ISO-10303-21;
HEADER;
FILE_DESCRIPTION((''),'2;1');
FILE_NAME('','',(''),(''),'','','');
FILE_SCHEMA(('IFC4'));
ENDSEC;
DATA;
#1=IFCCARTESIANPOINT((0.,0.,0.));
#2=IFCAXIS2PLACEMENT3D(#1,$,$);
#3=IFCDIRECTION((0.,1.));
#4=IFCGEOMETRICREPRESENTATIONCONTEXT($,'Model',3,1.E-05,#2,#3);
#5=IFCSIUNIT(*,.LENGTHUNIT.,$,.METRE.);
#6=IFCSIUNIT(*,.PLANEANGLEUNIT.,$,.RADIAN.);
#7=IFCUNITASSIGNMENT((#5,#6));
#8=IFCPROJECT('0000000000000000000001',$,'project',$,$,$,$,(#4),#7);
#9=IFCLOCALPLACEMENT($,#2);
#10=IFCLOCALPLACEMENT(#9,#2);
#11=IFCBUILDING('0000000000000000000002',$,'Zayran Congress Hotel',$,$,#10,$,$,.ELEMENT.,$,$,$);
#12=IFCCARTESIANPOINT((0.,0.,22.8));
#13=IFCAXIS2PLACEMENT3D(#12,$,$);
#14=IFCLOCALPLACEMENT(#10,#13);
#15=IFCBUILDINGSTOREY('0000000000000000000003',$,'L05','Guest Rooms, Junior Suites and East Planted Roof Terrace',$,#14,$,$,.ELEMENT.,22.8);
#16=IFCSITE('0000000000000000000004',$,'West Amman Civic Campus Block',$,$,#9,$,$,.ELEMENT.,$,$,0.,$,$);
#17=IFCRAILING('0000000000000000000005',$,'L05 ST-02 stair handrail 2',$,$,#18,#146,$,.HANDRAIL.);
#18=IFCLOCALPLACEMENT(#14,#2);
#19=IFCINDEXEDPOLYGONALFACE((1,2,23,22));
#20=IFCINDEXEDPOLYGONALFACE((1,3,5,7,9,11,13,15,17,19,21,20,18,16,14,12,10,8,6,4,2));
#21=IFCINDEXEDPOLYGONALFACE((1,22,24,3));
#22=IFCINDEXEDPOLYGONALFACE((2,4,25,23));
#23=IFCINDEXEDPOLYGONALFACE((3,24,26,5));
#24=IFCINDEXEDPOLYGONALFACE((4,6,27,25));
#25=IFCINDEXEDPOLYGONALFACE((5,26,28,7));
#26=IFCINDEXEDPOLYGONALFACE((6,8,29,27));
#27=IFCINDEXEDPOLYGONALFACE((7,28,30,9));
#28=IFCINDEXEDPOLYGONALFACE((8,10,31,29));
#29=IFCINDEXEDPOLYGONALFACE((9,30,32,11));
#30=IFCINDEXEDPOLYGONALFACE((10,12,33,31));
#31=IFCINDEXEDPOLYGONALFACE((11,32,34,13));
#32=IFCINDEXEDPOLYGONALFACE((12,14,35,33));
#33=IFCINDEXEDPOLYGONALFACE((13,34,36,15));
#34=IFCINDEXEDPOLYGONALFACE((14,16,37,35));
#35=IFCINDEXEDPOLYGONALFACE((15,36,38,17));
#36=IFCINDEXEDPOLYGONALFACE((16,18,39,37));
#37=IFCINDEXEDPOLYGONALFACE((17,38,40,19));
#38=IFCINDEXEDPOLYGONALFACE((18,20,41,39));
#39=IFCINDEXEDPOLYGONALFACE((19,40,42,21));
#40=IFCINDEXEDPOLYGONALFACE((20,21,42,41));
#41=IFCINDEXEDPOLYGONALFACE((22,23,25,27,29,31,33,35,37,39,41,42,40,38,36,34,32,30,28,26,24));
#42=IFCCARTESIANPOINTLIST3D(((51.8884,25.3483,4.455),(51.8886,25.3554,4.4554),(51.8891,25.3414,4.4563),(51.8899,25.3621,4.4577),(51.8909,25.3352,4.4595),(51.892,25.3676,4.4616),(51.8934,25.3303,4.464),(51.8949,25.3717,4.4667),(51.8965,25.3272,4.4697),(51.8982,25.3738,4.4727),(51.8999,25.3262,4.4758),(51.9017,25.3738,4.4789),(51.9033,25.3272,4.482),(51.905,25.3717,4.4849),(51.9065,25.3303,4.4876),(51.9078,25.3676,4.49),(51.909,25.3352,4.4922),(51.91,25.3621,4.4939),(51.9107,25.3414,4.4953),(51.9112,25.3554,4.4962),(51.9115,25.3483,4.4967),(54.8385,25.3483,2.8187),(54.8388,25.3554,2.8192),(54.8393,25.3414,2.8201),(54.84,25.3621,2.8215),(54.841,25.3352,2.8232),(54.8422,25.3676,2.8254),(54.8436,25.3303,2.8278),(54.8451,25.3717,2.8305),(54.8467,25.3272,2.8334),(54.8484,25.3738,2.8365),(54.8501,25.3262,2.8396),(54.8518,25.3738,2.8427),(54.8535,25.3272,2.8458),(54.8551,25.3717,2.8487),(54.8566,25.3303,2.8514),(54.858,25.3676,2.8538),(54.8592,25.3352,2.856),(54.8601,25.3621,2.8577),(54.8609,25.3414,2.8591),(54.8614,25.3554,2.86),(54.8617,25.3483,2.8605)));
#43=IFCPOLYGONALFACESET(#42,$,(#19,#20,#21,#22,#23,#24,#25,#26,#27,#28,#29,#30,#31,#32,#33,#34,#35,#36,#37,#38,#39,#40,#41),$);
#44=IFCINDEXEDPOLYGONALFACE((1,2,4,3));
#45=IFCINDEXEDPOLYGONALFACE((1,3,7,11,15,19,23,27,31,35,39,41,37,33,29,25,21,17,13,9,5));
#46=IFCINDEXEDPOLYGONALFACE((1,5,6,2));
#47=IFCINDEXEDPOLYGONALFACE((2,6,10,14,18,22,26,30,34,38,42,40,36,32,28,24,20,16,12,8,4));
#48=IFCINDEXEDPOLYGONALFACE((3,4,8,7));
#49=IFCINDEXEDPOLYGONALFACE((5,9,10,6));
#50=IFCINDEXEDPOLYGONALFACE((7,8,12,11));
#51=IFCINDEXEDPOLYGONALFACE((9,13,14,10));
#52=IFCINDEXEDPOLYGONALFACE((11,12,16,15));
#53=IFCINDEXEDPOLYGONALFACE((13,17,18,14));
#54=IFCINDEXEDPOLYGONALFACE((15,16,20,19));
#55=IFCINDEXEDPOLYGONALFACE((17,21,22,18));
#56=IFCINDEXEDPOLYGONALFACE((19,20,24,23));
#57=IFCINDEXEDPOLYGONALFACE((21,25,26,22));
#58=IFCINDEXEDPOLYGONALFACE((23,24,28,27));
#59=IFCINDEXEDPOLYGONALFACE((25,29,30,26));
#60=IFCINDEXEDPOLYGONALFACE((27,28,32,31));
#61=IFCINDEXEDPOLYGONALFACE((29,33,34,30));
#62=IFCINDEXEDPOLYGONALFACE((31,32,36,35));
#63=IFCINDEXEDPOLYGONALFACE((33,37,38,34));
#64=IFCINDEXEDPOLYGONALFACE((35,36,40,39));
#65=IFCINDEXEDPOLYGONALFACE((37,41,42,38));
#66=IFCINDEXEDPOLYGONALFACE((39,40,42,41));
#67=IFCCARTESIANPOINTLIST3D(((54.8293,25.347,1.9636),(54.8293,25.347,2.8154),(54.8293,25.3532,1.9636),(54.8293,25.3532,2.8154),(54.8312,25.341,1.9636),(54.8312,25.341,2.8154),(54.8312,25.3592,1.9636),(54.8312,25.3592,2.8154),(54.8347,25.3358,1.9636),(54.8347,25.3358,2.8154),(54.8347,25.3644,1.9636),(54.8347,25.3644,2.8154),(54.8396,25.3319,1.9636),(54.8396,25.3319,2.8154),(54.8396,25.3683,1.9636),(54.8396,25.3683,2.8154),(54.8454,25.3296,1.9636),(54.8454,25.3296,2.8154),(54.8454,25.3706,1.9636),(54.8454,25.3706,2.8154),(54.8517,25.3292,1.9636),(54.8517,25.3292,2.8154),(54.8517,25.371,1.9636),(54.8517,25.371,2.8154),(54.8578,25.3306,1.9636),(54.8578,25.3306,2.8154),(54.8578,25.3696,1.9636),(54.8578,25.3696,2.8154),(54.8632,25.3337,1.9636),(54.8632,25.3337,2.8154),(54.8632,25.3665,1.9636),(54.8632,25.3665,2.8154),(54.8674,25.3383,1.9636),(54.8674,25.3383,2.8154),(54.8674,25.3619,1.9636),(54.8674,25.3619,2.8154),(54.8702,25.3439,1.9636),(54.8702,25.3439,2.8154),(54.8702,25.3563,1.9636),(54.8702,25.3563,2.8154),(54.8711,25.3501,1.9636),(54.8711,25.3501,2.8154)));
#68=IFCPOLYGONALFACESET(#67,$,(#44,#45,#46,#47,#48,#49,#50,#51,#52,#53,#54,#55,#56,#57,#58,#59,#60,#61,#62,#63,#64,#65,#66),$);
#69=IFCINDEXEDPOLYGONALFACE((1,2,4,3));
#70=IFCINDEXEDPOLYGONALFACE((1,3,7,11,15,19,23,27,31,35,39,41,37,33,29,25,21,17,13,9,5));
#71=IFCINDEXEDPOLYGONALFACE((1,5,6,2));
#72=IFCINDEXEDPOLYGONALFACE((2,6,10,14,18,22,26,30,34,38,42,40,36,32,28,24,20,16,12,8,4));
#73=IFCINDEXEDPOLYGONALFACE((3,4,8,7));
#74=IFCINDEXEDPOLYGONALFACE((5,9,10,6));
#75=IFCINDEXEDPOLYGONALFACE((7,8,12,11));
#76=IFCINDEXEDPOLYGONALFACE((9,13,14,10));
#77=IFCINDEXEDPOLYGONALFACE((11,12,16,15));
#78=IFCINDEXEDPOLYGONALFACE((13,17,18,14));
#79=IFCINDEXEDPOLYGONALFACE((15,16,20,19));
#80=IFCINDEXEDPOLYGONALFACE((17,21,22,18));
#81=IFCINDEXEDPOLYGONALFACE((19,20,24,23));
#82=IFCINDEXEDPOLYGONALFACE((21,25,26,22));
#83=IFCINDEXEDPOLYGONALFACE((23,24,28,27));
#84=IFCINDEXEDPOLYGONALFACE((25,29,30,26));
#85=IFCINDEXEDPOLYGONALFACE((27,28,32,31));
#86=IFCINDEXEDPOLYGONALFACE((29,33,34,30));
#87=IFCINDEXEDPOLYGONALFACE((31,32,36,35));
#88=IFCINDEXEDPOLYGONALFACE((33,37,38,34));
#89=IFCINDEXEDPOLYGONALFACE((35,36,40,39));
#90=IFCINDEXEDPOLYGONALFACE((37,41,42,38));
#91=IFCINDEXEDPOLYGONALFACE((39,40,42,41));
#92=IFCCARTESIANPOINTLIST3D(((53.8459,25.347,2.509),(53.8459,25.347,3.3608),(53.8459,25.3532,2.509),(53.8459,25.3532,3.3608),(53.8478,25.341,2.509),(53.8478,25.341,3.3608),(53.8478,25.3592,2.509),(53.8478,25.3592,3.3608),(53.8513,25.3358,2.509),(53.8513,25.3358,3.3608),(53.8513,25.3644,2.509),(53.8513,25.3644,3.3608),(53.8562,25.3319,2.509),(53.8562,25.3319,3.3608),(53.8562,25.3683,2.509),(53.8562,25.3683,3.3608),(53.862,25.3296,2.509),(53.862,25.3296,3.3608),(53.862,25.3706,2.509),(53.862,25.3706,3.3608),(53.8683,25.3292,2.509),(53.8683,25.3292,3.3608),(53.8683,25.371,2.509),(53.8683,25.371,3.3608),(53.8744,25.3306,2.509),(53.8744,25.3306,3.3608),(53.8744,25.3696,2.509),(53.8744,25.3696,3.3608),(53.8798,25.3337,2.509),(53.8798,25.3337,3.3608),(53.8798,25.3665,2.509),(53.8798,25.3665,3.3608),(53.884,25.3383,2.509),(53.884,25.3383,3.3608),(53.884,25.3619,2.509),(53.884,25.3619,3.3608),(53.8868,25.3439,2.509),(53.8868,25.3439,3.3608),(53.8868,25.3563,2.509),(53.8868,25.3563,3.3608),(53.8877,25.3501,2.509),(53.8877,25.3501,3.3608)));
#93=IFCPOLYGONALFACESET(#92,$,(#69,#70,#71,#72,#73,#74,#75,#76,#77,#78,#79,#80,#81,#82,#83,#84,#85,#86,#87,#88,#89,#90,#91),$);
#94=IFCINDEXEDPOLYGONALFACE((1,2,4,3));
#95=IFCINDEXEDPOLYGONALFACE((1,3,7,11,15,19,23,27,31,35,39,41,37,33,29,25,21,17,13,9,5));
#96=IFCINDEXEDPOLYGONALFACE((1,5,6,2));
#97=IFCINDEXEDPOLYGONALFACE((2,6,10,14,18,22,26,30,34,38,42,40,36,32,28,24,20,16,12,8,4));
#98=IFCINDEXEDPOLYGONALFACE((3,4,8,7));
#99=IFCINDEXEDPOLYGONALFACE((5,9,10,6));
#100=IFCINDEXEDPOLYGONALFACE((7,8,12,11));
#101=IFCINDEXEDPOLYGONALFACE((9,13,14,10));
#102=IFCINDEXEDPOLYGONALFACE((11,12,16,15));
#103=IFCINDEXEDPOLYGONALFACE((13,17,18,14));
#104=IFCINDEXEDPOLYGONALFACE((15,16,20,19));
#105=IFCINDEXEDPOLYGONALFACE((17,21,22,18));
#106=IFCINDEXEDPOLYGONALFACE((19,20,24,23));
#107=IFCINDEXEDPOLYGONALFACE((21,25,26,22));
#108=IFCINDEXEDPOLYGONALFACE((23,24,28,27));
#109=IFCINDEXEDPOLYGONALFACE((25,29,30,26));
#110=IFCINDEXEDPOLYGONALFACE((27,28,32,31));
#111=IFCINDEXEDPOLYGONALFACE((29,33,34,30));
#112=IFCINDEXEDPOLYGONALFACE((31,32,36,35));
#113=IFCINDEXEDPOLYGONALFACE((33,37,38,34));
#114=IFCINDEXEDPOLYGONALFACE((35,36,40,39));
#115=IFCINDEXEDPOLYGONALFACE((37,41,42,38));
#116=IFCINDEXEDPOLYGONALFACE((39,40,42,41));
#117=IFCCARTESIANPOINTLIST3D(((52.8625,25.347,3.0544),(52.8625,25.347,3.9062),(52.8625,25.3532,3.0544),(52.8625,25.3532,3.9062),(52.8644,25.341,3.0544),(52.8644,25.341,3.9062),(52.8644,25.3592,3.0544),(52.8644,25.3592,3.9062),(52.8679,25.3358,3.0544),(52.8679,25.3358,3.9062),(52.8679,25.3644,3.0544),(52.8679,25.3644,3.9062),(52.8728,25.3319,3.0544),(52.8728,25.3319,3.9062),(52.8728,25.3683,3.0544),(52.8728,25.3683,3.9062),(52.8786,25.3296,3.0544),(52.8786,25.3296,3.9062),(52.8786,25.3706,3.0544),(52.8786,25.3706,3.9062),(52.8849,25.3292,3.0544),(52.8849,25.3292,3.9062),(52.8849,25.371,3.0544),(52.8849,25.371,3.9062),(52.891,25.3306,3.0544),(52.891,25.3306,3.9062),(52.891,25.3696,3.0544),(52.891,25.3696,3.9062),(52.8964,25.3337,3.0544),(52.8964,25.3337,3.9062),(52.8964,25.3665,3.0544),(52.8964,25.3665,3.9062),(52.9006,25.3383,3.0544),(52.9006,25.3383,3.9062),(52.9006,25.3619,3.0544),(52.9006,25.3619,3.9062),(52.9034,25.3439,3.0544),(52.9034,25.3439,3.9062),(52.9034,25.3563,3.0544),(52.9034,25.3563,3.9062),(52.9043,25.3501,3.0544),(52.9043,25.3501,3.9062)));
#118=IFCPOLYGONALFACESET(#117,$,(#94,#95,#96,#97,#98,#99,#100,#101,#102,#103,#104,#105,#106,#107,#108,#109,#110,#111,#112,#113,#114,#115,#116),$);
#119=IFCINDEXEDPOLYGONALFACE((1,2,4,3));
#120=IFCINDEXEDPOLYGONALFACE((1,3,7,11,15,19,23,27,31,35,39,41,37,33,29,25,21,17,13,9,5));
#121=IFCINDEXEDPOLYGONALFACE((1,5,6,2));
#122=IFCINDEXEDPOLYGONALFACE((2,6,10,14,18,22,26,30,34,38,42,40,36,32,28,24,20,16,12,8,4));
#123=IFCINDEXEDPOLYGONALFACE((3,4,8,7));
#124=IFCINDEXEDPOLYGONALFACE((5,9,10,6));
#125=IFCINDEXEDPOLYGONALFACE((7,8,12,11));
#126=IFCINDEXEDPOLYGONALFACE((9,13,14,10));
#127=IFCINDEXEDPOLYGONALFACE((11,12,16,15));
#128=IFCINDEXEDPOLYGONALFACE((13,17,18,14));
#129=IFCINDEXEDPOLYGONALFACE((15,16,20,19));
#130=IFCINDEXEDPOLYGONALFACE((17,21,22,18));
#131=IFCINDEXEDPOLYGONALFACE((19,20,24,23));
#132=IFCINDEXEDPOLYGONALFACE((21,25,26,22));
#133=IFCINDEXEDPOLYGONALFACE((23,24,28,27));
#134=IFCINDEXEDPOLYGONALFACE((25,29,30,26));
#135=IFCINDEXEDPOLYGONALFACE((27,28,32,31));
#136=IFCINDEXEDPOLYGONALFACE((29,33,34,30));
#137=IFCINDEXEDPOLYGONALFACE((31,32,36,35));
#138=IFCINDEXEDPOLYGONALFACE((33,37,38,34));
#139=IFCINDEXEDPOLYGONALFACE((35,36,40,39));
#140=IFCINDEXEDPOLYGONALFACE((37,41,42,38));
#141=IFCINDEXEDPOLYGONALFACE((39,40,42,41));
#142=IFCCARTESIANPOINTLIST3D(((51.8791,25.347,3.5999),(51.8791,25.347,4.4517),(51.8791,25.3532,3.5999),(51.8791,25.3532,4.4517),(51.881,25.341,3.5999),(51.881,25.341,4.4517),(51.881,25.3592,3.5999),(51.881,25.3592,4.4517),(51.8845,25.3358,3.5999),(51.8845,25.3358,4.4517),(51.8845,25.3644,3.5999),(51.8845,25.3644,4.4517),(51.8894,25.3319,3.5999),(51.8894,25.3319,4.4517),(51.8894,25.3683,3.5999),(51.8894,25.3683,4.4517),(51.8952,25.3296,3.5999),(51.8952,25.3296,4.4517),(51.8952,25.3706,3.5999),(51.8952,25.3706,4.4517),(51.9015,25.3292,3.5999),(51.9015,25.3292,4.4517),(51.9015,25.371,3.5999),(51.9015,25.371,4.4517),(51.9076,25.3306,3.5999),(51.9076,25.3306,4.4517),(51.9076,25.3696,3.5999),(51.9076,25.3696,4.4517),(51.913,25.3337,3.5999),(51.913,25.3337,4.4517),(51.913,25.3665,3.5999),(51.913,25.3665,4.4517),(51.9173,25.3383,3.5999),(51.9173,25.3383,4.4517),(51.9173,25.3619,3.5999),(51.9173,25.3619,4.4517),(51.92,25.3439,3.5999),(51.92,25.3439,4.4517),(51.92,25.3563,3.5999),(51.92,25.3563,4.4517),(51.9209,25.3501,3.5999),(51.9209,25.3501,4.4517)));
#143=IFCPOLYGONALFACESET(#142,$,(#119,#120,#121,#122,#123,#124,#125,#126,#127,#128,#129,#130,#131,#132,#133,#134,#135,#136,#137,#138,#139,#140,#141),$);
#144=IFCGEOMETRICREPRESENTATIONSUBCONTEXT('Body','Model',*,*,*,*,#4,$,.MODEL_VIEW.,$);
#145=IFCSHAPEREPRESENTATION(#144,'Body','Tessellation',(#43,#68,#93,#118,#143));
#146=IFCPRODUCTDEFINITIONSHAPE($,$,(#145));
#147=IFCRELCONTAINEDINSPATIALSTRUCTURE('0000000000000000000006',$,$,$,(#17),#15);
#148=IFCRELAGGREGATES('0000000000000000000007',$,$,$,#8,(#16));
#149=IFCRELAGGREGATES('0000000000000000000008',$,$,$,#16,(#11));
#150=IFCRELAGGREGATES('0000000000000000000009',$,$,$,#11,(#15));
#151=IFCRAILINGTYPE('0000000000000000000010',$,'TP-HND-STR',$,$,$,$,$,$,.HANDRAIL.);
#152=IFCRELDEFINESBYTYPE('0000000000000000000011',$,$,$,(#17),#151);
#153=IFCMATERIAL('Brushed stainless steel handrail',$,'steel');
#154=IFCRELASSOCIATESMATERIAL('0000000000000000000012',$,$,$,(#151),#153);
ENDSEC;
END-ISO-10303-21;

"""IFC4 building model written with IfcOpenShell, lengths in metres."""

from ifc_helpers import new_model, si_unit, direction, frame, origin, origin_2d, place, context, subcontext, project, spatial, circle, extrude, material, type_object, element, save


model = new_model("IFC4")

# Units and contexts
model_context = context("Model", 3, precision=1e-05, world=origin(), true_north=direction((0.0, 1.0)))
body_context = subcontext(model_context, "Body", "Model", "MODEL_VIEW")
ifc_project = project(units=[si_unit("LENGTHUNIT", "METRE"), si_unit("PLANEANGLEUNIT", "RADIAN")], contexts=[model_context])

# Site, building, storey
site_placement = place(None, origin())
site = spatial("IfcSite", under=ifc_project, at=site_placement, Name="West Amman Civic Campus Block", CompositionType="ELEMENT", RefElevation=0.0)
building_placement = place(site_placement, origin())
building = spatial("IfcBuilding", under=site, at=building_placement, Name="Zayran Congress Hotel", CompositionType="ELEMENT")
storey_placement = place(building_placement, frame((0.0, 0.0, 22.8)))
storey = spatial("IfcBuildingStorey", under=building, at=storey_placement, Name="L05", Description="Guest Rooms, Junior Suites and East Planted Roof Terrace", CompositionType="ELEMENT", Elevation=22.8)

# Railing
ifc_material_1 = material(Name="Brushed stainless steel handrail", Category="steel")
railing_type_1 = type_object("IfcRailingType", Name="TP-HND-STR", PredefinedType="HANDRAIL", material=ifc_material_1)
railing_1_placement = place(storey_placement, frame((54.8501, 25.3501, 1.9636)))
element("IfcRailing", 1, at=railing_1_placement, inside=storey, type_object=railing_type_1, Name="L05 ST-02 stair handrail 2", PredefinedType="HANDRAIL", context=body_context, shape_type="SweptSolid", body=[
    extrude(circle(Radius=0.0239, at=origin_2d()), frame((0.0, 0.0, 0.876), z_axis=(-0.874505, 0.0, 0.485016), x_axis=(0.0, -1.0, 0.0)), (0.0, 0.0, 1.0), 3.3735),
    extrude(circle(Radius=0.021, at=origin_2d()), origin(), (0.0, 0.0, 1.0), 0.8518),
    extrude(circle(Radius=0.021, at=origin_2d()), frame((-0.9834, 0.0, 0.5454)), (0.0, 0.0, 1.0), 0.8518),
    extrude(circle(Radius=0.021, at=origin_2d()), frame((-1.9668, 0.0, 1.0908)), (0.0, 0.0, 1.0), 0.8518),
    extrude(circle(Radius=0.021, at=origin_2d()), frame((-2.9502, 0.0, 1.6362)), (0.0, 0.0, 1.0), 0.8518),
])

save(model, "model.ifc")
